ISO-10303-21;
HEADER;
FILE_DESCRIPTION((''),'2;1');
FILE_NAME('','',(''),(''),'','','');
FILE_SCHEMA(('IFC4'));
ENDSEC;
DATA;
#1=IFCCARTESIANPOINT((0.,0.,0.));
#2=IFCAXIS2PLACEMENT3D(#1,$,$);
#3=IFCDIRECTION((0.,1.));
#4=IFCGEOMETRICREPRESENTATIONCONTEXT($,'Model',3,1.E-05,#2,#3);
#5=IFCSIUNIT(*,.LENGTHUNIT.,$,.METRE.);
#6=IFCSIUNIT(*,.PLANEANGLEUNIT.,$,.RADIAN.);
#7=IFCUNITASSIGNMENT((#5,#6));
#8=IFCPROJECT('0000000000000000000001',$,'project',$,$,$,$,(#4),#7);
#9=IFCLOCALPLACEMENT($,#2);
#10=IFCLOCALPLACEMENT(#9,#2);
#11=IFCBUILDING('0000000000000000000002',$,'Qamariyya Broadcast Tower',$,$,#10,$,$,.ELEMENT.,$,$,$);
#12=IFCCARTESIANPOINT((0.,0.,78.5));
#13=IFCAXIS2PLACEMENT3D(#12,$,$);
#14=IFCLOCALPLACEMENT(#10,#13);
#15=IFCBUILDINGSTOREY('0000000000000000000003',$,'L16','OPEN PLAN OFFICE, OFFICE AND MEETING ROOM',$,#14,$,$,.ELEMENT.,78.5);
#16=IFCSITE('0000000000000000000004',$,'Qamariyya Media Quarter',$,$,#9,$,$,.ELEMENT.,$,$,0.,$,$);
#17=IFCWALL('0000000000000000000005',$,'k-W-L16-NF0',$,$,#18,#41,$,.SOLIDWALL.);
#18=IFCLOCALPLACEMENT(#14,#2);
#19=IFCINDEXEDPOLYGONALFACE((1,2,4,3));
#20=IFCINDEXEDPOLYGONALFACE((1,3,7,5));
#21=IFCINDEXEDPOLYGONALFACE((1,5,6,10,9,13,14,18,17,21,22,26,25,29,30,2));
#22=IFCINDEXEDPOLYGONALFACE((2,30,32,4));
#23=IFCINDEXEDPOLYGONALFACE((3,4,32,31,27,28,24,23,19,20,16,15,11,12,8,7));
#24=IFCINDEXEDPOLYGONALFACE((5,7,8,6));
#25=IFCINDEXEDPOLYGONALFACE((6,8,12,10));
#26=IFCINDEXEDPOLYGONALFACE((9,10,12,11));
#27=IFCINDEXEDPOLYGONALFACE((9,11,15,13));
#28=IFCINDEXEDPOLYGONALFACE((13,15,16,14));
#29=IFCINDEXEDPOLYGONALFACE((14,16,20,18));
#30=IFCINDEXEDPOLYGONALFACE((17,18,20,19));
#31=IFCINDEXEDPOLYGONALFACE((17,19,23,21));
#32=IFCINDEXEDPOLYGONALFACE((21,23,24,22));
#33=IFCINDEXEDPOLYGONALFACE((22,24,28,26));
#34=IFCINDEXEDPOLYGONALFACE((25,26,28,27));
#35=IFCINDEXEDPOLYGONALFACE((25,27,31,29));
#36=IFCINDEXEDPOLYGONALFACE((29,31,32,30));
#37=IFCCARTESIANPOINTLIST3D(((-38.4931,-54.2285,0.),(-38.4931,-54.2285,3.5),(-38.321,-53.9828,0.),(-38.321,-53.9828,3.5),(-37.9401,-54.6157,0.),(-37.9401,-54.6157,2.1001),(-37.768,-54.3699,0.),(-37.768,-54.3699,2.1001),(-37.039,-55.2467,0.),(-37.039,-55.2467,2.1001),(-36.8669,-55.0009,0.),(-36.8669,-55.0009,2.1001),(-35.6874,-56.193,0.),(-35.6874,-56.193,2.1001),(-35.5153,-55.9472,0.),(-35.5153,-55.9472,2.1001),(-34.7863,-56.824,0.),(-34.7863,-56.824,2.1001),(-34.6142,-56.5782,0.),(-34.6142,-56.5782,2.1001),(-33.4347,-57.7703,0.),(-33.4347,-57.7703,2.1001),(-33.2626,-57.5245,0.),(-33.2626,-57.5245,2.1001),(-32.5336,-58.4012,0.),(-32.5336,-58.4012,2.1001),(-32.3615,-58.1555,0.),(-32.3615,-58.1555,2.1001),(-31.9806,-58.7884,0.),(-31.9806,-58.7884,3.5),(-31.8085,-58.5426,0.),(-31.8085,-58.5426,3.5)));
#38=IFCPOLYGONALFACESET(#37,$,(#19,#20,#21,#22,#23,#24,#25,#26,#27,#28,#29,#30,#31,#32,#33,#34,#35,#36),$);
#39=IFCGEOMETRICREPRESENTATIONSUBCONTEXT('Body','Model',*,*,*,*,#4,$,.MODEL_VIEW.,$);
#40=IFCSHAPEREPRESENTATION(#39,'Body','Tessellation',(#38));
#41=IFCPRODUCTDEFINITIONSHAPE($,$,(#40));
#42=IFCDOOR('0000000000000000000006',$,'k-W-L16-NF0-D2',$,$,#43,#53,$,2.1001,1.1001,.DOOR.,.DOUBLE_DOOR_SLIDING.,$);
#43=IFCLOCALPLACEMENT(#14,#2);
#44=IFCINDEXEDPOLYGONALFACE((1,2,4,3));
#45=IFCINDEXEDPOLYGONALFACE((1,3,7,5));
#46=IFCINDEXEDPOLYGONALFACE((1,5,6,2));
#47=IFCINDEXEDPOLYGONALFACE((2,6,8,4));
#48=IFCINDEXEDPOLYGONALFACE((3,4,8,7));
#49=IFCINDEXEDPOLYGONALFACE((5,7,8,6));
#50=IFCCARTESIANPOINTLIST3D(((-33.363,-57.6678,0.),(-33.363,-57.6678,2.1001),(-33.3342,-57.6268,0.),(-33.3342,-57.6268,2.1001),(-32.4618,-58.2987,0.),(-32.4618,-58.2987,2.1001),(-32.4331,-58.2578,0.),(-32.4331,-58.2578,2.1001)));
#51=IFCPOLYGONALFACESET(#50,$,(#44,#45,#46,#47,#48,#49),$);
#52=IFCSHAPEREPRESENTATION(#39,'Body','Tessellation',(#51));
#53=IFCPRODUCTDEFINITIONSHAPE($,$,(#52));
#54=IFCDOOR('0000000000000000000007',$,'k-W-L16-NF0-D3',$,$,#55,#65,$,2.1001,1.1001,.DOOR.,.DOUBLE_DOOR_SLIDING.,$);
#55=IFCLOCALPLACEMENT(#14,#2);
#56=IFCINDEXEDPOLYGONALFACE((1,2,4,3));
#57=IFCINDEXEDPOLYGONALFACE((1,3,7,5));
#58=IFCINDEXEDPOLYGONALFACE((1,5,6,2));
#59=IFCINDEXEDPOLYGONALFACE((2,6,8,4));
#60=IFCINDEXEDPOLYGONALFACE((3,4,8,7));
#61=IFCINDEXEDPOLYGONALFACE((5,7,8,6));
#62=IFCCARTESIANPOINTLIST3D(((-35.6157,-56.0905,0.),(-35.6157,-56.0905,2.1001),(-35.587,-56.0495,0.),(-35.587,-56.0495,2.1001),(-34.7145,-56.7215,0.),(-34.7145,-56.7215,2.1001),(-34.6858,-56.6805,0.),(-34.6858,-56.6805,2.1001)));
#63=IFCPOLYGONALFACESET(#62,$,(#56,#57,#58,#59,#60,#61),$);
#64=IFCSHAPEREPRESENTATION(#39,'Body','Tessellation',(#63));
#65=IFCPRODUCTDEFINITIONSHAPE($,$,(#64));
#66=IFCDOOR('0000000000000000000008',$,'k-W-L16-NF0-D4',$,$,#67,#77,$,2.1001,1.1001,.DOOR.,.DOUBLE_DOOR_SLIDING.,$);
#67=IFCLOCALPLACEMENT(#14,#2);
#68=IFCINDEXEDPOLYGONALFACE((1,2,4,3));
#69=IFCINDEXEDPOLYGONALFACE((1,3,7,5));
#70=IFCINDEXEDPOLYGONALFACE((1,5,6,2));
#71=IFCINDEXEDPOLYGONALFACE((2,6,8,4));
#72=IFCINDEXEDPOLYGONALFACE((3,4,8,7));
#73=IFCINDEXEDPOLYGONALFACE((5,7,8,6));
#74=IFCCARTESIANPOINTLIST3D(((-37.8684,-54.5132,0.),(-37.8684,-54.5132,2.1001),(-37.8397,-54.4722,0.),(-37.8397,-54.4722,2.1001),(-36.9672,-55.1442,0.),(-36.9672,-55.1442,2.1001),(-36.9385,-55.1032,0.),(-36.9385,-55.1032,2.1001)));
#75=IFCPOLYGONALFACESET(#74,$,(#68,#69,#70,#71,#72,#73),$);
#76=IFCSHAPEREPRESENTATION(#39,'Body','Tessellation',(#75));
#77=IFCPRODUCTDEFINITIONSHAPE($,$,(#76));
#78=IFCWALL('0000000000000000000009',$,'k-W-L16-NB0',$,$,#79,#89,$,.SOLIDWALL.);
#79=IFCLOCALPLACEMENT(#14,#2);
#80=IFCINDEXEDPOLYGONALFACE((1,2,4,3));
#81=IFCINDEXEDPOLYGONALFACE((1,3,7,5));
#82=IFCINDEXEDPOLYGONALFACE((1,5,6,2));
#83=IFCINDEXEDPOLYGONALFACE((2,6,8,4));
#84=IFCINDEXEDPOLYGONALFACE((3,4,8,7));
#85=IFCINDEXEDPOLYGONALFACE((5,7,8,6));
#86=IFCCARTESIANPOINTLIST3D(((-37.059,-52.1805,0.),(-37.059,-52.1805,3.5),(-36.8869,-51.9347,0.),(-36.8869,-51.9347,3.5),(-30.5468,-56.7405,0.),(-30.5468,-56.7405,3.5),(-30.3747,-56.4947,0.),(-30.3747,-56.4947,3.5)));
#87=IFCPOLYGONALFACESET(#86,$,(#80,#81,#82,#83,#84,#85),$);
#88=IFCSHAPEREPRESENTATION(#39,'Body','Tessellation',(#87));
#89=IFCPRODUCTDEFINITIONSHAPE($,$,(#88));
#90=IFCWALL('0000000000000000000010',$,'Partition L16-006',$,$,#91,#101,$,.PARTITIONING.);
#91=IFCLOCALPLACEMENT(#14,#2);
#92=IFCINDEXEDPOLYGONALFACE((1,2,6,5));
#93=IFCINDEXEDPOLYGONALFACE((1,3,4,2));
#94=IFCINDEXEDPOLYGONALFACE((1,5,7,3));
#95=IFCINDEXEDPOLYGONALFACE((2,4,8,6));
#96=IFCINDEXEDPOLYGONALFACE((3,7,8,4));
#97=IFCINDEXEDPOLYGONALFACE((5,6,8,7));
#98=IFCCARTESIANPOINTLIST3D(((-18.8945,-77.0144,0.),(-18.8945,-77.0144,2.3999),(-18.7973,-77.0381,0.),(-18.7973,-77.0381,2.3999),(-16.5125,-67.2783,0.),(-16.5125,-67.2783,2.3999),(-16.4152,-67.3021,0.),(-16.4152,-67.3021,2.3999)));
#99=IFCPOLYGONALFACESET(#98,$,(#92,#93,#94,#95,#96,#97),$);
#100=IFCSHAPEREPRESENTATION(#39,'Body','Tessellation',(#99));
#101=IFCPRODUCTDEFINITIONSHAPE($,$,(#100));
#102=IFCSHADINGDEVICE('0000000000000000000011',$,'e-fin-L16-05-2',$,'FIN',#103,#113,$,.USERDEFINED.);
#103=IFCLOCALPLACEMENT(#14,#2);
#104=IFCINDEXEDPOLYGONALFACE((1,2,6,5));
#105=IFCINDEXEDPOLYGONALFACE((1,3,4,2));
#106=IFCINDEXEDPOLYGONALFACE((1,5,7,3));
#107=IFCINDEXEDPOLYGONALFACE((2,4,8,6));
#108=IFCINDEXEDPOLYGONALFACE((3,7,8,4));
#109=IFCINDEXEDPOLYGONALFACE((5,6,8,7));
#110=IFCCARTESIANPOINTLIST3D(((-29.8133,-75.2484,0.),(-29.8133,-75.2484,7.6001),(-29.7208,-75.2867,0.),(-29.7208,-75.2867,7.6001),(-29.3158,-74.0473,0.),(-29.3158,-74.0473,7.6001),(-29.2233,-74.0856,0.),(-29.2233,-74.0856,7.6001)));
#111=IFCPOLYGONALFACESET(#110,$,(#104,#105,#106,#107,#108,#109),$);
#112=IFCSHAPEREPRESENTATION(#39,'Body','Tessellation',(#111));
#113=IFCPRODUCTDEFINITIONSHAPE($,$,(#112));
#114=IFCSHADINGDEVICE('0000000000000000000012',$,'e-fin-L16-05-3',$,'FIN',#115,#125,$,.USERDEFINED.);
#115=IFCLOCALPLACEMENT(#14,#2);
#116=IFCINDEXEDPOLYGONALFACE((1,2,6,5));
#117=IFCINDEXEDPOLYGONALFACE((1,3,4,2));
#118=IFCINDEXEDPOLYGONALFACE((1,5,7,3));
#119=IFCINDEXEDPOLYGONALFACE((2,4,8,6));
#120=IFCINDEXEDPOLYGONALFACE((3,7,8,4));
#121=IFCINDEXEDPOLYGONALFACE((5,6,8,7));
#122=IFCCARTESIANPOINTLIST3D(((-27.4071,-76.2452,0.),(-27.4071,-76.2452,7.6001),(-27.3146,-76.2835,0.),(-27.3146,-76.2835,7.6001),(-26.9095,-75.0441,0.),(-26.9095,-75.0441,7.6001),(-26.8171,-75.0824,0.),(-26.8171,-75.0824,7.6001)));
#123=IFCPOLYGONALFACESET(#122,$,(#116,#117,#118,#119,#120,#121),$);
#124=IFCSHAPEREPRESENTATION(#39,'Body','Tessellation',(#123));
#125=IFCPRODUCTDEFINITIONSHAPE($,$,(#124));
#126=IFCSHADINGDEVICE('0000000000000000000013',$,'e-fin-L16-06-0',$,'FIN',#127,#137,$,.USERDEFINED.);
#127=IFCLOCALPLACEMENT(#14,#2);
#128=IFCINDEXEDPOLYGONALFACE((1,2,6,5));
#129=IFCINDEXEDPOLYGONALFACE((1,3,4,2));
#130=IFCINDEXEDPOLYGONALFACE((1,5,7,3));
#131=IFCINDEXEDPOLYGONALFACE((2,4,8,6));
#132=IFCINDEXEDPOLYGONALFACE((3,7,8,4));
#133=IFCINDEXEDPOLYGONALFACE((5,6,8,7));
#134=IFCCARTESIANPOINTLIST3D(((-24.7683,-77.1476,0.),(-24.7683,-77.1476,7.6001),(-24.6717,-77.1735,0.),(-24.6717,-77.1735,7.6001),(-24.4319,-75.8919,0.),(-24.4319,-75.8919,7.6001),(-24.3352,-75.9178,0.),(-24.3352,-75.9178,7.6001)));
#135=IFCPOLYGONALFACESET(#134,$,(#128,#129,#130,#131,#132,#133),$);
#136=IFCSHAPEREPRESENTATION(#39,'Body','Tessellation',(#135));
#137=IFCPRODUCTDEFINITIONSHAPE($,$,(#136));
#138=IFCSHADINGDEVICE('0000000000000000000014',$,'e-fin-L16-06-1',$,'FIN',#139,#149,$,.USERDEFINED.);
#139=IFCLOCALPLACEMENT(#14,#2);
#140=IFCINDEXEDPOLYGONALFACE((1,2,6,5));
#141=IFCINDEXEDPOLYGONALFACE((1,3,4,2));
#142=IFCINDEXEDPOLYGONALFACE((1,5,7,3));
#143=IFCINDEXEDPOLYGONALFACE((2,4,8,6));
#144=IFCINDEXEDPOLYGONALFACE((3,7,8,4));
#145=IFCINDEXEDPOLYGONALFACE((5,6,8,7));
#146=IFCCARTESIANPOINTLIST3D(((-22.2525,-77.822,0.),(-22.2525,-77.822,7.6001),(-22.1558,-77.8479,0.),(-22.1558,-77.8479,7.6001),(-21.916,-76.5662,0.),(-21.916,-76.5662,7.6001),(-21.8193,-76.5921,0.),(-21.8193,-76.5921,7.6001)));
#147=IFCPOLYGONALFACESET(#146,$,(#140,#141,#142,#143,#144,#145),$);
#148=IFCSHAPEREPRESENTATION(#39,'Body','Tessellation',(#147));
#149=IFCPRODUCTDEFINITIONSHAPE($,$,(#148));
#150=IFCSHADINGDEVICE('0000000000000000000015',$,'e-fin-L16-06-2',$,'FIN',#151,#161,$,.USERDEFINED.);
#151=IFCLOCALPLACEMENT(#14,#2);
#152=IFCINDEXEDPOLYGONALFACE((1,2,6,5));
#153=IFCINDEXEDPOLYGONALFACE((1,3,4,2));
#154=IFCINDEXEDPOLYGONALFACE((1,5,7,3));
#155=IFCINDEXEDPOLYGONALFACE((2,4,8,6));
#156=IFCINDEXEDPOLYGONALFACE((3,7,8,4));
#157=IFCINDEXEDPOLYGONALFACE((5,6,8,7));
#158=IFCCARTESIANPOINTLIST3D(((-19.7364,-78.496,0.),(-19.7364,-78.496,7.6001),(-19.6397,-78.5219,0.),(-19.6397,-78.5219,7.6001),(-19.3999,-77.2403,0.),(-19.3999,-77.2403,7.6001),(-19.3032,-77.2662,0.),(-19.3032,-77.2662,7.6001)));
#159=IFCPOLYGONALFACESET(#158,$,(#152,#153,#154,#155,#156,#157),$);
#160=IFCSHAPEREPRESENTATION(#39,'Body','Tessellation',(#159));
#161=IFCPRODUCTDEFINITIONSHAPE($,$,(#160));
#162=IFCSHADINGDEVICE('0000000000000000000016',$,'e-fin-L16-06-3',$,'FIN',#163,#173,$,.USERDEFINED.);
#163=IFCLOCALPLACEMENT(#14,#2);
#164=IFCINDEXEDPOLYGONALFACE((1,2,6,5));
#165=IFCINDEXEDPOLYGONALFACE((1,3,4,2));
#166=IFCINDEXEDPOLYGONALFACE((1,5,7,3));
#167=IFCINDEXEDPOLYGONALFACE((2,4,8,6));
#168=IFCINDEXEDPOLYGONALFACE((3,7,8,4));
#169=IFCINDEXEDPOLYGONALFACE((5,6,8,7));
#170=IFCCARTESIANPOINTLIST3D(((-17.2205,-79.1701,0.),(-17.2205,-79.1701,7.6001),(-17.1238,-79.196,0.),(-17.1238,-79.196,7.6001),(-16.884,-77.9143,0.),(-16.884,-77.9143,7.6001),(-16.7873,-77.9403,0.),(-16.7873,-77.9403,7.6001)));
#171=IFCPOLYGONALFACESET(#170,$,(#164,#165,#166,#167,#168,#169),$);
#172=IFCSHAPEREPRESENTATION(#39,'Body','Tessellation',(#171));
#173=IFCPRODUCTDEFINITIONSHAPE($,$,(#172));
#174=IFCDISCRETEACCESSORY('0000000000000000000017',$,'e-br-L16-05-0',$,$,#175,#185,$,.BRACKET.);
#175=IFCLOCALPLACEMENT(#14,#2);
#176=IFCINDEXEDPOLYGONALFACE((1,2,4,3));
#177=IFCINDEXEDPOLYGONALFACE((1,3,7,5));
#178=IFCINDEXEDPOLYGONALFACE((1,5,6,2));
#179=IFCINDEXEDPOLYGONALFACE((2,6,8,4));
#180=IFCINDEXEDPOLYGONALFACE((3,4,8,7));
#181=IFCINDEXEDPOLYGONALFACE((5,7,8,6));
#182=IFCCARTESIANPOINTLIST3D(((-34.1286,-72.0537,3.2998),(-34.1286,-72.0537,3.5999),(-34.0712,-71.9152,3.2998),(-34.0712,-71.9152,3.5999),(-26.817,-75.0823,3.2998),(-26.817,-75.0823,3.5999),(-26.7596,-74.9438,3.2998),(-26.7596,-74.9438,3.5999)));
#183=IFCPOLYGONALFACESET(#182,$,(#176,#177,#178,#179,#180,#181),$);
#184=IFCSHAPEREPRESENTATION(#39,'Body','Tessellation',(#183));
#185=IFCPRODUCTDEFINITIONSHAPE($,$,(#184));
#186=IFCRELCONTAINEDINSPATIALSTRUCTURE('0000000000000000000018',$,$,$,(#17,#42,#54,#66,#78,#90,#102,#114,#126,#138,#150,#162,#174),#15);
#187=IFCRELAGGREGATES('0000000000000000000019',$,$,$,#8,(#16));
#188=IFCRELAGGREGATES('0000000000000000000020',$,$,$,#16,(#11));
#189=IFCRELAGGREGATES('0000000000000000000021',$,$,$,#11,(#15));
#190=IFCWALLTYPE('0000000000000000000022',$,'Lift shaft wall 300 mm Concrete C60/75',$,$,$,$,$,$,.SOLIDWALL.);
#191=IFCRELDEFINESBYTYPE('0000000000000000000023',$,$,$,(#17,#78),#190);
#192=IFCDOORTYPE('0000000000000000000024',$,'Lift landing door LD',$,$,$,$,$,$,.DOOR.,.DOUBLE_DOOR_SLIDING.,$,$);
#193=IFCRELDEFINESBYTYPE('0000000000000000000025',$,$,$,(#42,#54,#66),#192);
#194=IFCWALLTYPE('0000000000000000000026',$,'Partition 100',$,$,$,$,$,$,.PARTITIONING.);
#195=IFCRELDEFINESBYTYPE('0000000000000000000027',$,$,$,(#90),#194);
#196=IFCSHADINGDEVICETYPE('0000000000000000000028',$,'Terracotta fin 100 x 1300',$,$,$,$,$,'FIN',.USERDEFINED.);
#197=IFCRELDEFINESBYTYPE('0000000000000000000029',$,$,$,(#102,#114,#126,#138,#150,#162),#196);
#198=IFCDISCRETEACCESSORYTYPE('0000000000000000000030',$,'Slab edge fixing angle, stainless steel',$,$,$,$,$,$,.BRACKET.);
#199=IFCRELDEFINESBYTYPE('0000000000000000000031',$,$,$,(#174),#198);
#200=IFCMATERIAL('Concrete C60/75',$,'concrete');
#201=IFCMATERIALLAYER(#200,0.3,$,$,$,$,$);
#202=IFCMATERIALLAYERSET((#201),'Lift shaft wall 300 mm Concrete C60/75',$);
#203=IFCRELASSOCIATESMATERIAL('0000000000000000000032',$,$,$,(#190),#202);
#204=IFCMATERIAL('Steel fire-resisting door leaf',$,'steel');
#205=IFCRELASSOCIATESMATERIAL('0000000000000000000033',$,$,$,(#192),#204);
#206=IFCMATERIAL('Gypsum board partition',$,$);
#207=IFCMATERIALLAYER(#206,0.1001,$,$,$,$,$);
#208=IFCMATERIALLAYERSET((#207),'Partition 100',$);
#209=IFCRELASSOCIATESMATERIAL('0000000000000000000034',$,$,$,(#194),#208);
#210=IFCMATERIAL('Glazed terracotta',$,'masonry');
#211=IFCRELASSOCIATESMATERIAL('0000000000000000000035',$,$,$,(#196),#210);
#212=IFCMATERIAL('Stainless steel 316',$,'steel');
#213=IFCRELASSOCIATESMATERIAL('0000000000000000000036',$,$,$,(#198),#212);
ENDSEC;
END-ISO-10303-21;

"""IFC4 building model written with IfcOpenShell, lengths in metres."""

from ifc_helpers import new_model, si_unit, direction, frame, frame_2d, origin, origin_2d, place, context, subcontext, project, spatial, rectangle, extrude, material, layer, layer_set, material_profile, profile_set, type_object, element, fill, save


model = new_model("IFC4")

# Units and contexts
model_context = context("Model", 3, precision=1e-05, world=origin(), true_north=direction((0.0, 1.0)))
body_context = subcontext(model_context, "Body", "Model", "MODEL_VIEW")
ifc_project = project(units=[si_unit("LENGTHUNIT", "METRE"), si_unit("PLANEANGLEUNIT", "RADIAN")], contexts=[model_context])

# Site, building, storey
site_placement = place(None, origin())
site = spatial("IfcSite", under=ifc_project, at=site_placement, Name="Qamariyya Media Quarter", CompositionType="ELEMENT", RefElevation=0.0)
building_placement = place(site_placement, origin())
building = spatial("IfcBuilding", under=site, at=building_placement, Name="Qamariyya Broadcast Tower", CompositionType="ELEMENT")
storey_placement = place(building_placement, frame((0.0, 0.0, 78.5)))
storey = spatial("IfcBuildingStorey", under=building, at=storey_placement, Name="L16", Description="OPEN PLAN OFFICE, OFFICE AND MEETING ROOM", CompositionType="ELEMENT", Elevation=78.5)

# Shared definitions
ifc_material_1 = material(Name="Gypsum board partition")

# Wall, openings, doors
ifc_material_2 = material(Name="Concrete C60/75", Category="concrete")
ifc_layer_1 = layer(ifc_material_2, 0.3)
ifc_layer_set_1 = layer_set([ifc_layer_1], Name="Lift shaft wall 300 mm Concrete C60/75")
wall_type_1 = type_object("IfcWallType", Name="Lift shaft wall 300 mm Concrete C60/75", PredefinedType="SOLIDWALL", material=ifc_layer_set_1)
wall_1_placement = place(storey_placement, frame((-31.8945, -58.6655, 0.0), z_axis=(0.0, 0.0, 1.0), x_axis=(-0.819167, 0.573555, 0.0)))
wall_1 = element("IfcWall", 1, at=wall_1_placement, inside=storey, type_object=wall_type_1, Name="k-W-L16-NF0", PredefinedType="SOLIDWALL", context=body_context, shape_type="SweptSolid", body=[
    extrude(rectangle(XDim=7.9502, YDim=0.3, at=frame_2d((3.9751, 0.0))), origin(), (0.0, 0.0, 1.0), 3.5),
])
opening_1_placement = place(wall_1_placement, frame((0.675, 0.0, 0.0)))
opening_1 = element("IfcOpeningElement", 2, at=opening_1_placement, cuts=wall_1, PredefinedType="OPENING", context=body_context, shape_type="SweptSolid", body=[
    extrude(rectangle(XDim=1.1001, YDim=2.1001, at=frame_2d((0.55, 1.05))), frame((0.0, 0.1599, 0.0), z_axis=(0.0, -1.0, 0.0), x_axis=(1.0, 0.0, 0.0)), (0.0, 0.0, 1.0), 0.3201),
])
opening_2_placement = place(wall_1_placement, frame((3.425, 0.0, 0.0)))
opening_2 = element("IfcOpeningElement", 3, at=opening_2_placement, cuts=wall_1, PredefinedType="OPENING", context=body_context, shape_type="SweptSolid", body=[
    extrude(rectangle(XDim=1.1001, YDim=2.1001, at=frame_2d((0.55, 1.05))), frame((0.0, 0.1599, 0.0), z_axis=(0.0, -1.0, 0.0), x_axis=(1.0, 0.0, 0.0)), (0.0, 0.0, 1.0), 0.3201),
])
opening_3_placement = place(wall_1_placement, frame((6.175, 0.0, 0.0)))
opening_3 = element("IfcOpeningElement", 4, at=opening_3_placement, cuts=wall_1, PredefinedType="OPENING", context=body_context, shape_type="SweptSolid", body=[
    extrude(rectangle(XDim=1.1001, YDim=2.1001, at=frame_2d((0.55, 1.05))), frame((0.0, 0.1599, 0.0), z_axis=(0.0, -1.0, 0.0), x_axis=(1.0, 0.0, 0.0)), (0.0, 0.0, 1.0), 0.3201),
])
ifc_material_3 = material(Name="Steel fire-resisting door leaf", Category="steel")
door_type_1 = type_object("IfcDoorType", Name="Lift landing door LD", OperationType="DOUBLE_DOOR_SLIDING", PredefinedType="DOOR", material=ifc_material_3)
door_1_placement = place(opening_1_placement, origin())
door_1 = element("IfcDoor", 5, at=door_1_placement, inside=storey, type_object=door_type_1, Name="k-W-L16-NF0-D2", OperationType="DOUBLE_DOOR_SLIDING", OverallHeight=2.1001, OverallWidth=1.1001, PredefinedType="DOOR", context=body_context, shape_type="SweptSolid", body=[
    extrude(rectangle(XDim=1.1001, YDim=2.1001, at=frame_2d((0.55, 1.05))), frame((0.0, 0.0249, 0.0), z_axis=(0.0, -1.0, 0.0), x_axis=(1.0, 0.0, 0.0)), (0.0, 0.0, 1.0), 0.05),
])
fill(opening_1, door_1)
door_2_placement = place(opening_2_placement, origin())
door_2 = element("IfcDoor", 6, at=door_2_placement, inside=storey, type_object=door_type_1, Name="k-W-L16-NF0-D3", OperationType="DOUBLE_DOOR_SLIDING", OverallHeight=2.1001, OverallWidth=1.1001, PredefinedType="DOOR", context=body_context, shape_type="SweptSolid", body=[
    extrude(rectangle(XDim=1.1001, YDim=2.1001, at=frame_2d((0.55, 1.05))), frame((0.0, 0.0249, 0.0), z_axis=(0.0, -1.0, 0.0), x_axis=(1.0, 0.0, 0.0)), (0.0, 0.0, 1.0), 0.05),
])
fill(opening_2, door_2)
door_3_placement = place(opening_3_placement, origin())
door_3 = element("IfcDoor", 7, at=door_3_placement, inside=storey, type_object=door_type_1, Name="k-W-L16-NF0-D4", OperationType="DOUBLE_DOOR_SLIDING", OverallHeight=2.1001, OverallWidth=1.1001, PredefinedType="DOOR", context=body_context, shape_type="SweptSolid", body=[
    extrude(rectangle(XDim=1.1001, YDim=2.1001, at=frame_2d((0.55, 1.05))), frame((0.0, 0.0249, 0.0), z_axis=(0.0, -1.0, 0.0), x_axis=(1.0, 0.0, 0.0)), (0.0, 0.0, 1.0), 0.05),
])
fill(opening_3, door_3)

# Walls
wall_2_placement = place(storey_placement, frame((-30.4607, -56.6177, 0.0), z_axis=(0.0, 0.0, 1.0), x_axis=(-0.819142, 0.57359, 0.0)))
element("IfcWall", 8, at=wall_2_placement, inside=storey, type_object=wall_type_1, Name="k-W-L16-NB0", PredefinedType="SOLIDWALL", context=body_context, shape_type="SweptSolid", body=[
    extrude(rectangle(XDim=7.95, YDim=0.3, at=frame_2d((3.9751, 0.0))), origin(), (0.0, 0.0, 1.0), 3.5),
])
ifc_layer_2 = layer(ifc_material_1, 0.1001)
ifc_layer_set_2 = layer_set([ifc_layer_2], Name="Partition 100")
wall_type_2 = type_object("IfcWallType", Name="Partition 100", PredefinedType="PARTITIONING", material=ifc_layer_set_2)
wall_3_placement = place(storey_placement, frame((-18.8459, -77.0264, 0.0), z_axis=(0.0, 0.0, 1.0), x_axis=(0.237655, 0.97135, 0.0)))
element("IfcWall", 9, at=wall_3_placement, inside=storey, type_object=wall_type_2, Name="Partition L16-006", PredefinedType="PARTITIONING", context=body_context, shape_type="SweptSolid", body=[
    extrude(rectangle(XDim=10.0232, YDim=0.1001, at=frame_2d((5.0117, 0.0))), origin(), (0.0, 0.0, 1.0), 2.3999),
])

# Shading devices
ifc_material_4 = material(Name="Glazed terracotta", Category="masonry")
ifc_material_profile_1 = material_profile(ifc_material_4, rectangle(XDim=1.3, YDim=0.1001, at=origin_2d()))
ifc_profile_set_1 = profile_set([ifc_material_profile_1], Name="Glazed terracotta")
shading_device_type_1 = type_object("IfcShadingDeviceType", Name="Terracotta fin 100 x 1300", ElementType="FIN", PredefinedType="USERDEFINED", material=ifc_profile_set_1)
for number, where, z_axis, x_axis, name in (
    (10, (-29.5183, -74.667, 0.0), (0.0, 0.0, 1.0), (-0.382683, -0.92388, 0.0), "e-fin-L16-05-2"),
    (11, (-27.1121, -75.6638, 0.0), (0.0, 0.0, 1.0), (-0.382683, -0.92388, 0.0), "e-fin-L16-05-3"),
    (12, (-24.5518, -76.5327, 0.0), (0.0, 0.0, 1.0), (-0.258819, -0.965926, 0.0), "e-fin-L16-06-0"),
    (13, (-22.0359, -77.207, 0.0), (0.0, 0.0, 1.0), (-0.258819, -0.965926, 0.0), "e-fin-L16-06-1"),
    (14, (-19.5198, -77.8811, 0.0), (0.0, 0.0, 1.0), (-0.258819, -0.965926, 0.0), "e-fin-L16-06-2"),
    (15, (-17.0039, -78.5552, 0.0), (0.0, 0.0, 1.0), (-0.258819, -0.965926, 0.0), "e-fin-L16-06-3"),
):
    element("IfcShadingDevice", number, at=place(storey_placement, frame(where, z_axis=z_axis, x_axis=x_axis)), inside=storey, type_object=shading_device_type_1, Name=name, ObjectType="FIN", PredefinedType="USERDEFINED", context=body_context, shape_type="SweptSolid", body=[
        extrude(rectangle(XDim=1.3, YDim=0.1001, at=origin_2d()), origin(), (0.0, 0.0, 1.0), 7.6001),
    ])

# Discrete accessory
ifc_material_5 = material(Name="Stainless steel 316", Category="steel")
discrete_accessory_type = type_object("IfcDiscreteAccessoryType", Name="Slab edge fixing angle, stainless steel", PredefinedType="BRACKET", material=ifc_material_5)
for number, where, z_axis, x_axis, name in (
    (16, (-30.4441, -73.4988, 3.2998), (0.0, 0.0, 1.0), (0.92388, -0.382683, 0.0), "e-br-L16-05-0"),
):
    element("IfcDiscreteAccessory", number, at=place(storey_placement, frame(where, z_axis=z_axis, x_axis=x_axis)), inside=storey, type_object=discrete_accessory_type, Name=name, PredefinedType="BRACKET", context=body_context, shape_type="SweptSolid", body=[
        extrude(rectangle(XDim=7.9141, YDim=0.1499, at=origin_2d()), origin(), (0.0, 0.0, 1.0), 0.3),
    ])

save(model, "model.ifc")
